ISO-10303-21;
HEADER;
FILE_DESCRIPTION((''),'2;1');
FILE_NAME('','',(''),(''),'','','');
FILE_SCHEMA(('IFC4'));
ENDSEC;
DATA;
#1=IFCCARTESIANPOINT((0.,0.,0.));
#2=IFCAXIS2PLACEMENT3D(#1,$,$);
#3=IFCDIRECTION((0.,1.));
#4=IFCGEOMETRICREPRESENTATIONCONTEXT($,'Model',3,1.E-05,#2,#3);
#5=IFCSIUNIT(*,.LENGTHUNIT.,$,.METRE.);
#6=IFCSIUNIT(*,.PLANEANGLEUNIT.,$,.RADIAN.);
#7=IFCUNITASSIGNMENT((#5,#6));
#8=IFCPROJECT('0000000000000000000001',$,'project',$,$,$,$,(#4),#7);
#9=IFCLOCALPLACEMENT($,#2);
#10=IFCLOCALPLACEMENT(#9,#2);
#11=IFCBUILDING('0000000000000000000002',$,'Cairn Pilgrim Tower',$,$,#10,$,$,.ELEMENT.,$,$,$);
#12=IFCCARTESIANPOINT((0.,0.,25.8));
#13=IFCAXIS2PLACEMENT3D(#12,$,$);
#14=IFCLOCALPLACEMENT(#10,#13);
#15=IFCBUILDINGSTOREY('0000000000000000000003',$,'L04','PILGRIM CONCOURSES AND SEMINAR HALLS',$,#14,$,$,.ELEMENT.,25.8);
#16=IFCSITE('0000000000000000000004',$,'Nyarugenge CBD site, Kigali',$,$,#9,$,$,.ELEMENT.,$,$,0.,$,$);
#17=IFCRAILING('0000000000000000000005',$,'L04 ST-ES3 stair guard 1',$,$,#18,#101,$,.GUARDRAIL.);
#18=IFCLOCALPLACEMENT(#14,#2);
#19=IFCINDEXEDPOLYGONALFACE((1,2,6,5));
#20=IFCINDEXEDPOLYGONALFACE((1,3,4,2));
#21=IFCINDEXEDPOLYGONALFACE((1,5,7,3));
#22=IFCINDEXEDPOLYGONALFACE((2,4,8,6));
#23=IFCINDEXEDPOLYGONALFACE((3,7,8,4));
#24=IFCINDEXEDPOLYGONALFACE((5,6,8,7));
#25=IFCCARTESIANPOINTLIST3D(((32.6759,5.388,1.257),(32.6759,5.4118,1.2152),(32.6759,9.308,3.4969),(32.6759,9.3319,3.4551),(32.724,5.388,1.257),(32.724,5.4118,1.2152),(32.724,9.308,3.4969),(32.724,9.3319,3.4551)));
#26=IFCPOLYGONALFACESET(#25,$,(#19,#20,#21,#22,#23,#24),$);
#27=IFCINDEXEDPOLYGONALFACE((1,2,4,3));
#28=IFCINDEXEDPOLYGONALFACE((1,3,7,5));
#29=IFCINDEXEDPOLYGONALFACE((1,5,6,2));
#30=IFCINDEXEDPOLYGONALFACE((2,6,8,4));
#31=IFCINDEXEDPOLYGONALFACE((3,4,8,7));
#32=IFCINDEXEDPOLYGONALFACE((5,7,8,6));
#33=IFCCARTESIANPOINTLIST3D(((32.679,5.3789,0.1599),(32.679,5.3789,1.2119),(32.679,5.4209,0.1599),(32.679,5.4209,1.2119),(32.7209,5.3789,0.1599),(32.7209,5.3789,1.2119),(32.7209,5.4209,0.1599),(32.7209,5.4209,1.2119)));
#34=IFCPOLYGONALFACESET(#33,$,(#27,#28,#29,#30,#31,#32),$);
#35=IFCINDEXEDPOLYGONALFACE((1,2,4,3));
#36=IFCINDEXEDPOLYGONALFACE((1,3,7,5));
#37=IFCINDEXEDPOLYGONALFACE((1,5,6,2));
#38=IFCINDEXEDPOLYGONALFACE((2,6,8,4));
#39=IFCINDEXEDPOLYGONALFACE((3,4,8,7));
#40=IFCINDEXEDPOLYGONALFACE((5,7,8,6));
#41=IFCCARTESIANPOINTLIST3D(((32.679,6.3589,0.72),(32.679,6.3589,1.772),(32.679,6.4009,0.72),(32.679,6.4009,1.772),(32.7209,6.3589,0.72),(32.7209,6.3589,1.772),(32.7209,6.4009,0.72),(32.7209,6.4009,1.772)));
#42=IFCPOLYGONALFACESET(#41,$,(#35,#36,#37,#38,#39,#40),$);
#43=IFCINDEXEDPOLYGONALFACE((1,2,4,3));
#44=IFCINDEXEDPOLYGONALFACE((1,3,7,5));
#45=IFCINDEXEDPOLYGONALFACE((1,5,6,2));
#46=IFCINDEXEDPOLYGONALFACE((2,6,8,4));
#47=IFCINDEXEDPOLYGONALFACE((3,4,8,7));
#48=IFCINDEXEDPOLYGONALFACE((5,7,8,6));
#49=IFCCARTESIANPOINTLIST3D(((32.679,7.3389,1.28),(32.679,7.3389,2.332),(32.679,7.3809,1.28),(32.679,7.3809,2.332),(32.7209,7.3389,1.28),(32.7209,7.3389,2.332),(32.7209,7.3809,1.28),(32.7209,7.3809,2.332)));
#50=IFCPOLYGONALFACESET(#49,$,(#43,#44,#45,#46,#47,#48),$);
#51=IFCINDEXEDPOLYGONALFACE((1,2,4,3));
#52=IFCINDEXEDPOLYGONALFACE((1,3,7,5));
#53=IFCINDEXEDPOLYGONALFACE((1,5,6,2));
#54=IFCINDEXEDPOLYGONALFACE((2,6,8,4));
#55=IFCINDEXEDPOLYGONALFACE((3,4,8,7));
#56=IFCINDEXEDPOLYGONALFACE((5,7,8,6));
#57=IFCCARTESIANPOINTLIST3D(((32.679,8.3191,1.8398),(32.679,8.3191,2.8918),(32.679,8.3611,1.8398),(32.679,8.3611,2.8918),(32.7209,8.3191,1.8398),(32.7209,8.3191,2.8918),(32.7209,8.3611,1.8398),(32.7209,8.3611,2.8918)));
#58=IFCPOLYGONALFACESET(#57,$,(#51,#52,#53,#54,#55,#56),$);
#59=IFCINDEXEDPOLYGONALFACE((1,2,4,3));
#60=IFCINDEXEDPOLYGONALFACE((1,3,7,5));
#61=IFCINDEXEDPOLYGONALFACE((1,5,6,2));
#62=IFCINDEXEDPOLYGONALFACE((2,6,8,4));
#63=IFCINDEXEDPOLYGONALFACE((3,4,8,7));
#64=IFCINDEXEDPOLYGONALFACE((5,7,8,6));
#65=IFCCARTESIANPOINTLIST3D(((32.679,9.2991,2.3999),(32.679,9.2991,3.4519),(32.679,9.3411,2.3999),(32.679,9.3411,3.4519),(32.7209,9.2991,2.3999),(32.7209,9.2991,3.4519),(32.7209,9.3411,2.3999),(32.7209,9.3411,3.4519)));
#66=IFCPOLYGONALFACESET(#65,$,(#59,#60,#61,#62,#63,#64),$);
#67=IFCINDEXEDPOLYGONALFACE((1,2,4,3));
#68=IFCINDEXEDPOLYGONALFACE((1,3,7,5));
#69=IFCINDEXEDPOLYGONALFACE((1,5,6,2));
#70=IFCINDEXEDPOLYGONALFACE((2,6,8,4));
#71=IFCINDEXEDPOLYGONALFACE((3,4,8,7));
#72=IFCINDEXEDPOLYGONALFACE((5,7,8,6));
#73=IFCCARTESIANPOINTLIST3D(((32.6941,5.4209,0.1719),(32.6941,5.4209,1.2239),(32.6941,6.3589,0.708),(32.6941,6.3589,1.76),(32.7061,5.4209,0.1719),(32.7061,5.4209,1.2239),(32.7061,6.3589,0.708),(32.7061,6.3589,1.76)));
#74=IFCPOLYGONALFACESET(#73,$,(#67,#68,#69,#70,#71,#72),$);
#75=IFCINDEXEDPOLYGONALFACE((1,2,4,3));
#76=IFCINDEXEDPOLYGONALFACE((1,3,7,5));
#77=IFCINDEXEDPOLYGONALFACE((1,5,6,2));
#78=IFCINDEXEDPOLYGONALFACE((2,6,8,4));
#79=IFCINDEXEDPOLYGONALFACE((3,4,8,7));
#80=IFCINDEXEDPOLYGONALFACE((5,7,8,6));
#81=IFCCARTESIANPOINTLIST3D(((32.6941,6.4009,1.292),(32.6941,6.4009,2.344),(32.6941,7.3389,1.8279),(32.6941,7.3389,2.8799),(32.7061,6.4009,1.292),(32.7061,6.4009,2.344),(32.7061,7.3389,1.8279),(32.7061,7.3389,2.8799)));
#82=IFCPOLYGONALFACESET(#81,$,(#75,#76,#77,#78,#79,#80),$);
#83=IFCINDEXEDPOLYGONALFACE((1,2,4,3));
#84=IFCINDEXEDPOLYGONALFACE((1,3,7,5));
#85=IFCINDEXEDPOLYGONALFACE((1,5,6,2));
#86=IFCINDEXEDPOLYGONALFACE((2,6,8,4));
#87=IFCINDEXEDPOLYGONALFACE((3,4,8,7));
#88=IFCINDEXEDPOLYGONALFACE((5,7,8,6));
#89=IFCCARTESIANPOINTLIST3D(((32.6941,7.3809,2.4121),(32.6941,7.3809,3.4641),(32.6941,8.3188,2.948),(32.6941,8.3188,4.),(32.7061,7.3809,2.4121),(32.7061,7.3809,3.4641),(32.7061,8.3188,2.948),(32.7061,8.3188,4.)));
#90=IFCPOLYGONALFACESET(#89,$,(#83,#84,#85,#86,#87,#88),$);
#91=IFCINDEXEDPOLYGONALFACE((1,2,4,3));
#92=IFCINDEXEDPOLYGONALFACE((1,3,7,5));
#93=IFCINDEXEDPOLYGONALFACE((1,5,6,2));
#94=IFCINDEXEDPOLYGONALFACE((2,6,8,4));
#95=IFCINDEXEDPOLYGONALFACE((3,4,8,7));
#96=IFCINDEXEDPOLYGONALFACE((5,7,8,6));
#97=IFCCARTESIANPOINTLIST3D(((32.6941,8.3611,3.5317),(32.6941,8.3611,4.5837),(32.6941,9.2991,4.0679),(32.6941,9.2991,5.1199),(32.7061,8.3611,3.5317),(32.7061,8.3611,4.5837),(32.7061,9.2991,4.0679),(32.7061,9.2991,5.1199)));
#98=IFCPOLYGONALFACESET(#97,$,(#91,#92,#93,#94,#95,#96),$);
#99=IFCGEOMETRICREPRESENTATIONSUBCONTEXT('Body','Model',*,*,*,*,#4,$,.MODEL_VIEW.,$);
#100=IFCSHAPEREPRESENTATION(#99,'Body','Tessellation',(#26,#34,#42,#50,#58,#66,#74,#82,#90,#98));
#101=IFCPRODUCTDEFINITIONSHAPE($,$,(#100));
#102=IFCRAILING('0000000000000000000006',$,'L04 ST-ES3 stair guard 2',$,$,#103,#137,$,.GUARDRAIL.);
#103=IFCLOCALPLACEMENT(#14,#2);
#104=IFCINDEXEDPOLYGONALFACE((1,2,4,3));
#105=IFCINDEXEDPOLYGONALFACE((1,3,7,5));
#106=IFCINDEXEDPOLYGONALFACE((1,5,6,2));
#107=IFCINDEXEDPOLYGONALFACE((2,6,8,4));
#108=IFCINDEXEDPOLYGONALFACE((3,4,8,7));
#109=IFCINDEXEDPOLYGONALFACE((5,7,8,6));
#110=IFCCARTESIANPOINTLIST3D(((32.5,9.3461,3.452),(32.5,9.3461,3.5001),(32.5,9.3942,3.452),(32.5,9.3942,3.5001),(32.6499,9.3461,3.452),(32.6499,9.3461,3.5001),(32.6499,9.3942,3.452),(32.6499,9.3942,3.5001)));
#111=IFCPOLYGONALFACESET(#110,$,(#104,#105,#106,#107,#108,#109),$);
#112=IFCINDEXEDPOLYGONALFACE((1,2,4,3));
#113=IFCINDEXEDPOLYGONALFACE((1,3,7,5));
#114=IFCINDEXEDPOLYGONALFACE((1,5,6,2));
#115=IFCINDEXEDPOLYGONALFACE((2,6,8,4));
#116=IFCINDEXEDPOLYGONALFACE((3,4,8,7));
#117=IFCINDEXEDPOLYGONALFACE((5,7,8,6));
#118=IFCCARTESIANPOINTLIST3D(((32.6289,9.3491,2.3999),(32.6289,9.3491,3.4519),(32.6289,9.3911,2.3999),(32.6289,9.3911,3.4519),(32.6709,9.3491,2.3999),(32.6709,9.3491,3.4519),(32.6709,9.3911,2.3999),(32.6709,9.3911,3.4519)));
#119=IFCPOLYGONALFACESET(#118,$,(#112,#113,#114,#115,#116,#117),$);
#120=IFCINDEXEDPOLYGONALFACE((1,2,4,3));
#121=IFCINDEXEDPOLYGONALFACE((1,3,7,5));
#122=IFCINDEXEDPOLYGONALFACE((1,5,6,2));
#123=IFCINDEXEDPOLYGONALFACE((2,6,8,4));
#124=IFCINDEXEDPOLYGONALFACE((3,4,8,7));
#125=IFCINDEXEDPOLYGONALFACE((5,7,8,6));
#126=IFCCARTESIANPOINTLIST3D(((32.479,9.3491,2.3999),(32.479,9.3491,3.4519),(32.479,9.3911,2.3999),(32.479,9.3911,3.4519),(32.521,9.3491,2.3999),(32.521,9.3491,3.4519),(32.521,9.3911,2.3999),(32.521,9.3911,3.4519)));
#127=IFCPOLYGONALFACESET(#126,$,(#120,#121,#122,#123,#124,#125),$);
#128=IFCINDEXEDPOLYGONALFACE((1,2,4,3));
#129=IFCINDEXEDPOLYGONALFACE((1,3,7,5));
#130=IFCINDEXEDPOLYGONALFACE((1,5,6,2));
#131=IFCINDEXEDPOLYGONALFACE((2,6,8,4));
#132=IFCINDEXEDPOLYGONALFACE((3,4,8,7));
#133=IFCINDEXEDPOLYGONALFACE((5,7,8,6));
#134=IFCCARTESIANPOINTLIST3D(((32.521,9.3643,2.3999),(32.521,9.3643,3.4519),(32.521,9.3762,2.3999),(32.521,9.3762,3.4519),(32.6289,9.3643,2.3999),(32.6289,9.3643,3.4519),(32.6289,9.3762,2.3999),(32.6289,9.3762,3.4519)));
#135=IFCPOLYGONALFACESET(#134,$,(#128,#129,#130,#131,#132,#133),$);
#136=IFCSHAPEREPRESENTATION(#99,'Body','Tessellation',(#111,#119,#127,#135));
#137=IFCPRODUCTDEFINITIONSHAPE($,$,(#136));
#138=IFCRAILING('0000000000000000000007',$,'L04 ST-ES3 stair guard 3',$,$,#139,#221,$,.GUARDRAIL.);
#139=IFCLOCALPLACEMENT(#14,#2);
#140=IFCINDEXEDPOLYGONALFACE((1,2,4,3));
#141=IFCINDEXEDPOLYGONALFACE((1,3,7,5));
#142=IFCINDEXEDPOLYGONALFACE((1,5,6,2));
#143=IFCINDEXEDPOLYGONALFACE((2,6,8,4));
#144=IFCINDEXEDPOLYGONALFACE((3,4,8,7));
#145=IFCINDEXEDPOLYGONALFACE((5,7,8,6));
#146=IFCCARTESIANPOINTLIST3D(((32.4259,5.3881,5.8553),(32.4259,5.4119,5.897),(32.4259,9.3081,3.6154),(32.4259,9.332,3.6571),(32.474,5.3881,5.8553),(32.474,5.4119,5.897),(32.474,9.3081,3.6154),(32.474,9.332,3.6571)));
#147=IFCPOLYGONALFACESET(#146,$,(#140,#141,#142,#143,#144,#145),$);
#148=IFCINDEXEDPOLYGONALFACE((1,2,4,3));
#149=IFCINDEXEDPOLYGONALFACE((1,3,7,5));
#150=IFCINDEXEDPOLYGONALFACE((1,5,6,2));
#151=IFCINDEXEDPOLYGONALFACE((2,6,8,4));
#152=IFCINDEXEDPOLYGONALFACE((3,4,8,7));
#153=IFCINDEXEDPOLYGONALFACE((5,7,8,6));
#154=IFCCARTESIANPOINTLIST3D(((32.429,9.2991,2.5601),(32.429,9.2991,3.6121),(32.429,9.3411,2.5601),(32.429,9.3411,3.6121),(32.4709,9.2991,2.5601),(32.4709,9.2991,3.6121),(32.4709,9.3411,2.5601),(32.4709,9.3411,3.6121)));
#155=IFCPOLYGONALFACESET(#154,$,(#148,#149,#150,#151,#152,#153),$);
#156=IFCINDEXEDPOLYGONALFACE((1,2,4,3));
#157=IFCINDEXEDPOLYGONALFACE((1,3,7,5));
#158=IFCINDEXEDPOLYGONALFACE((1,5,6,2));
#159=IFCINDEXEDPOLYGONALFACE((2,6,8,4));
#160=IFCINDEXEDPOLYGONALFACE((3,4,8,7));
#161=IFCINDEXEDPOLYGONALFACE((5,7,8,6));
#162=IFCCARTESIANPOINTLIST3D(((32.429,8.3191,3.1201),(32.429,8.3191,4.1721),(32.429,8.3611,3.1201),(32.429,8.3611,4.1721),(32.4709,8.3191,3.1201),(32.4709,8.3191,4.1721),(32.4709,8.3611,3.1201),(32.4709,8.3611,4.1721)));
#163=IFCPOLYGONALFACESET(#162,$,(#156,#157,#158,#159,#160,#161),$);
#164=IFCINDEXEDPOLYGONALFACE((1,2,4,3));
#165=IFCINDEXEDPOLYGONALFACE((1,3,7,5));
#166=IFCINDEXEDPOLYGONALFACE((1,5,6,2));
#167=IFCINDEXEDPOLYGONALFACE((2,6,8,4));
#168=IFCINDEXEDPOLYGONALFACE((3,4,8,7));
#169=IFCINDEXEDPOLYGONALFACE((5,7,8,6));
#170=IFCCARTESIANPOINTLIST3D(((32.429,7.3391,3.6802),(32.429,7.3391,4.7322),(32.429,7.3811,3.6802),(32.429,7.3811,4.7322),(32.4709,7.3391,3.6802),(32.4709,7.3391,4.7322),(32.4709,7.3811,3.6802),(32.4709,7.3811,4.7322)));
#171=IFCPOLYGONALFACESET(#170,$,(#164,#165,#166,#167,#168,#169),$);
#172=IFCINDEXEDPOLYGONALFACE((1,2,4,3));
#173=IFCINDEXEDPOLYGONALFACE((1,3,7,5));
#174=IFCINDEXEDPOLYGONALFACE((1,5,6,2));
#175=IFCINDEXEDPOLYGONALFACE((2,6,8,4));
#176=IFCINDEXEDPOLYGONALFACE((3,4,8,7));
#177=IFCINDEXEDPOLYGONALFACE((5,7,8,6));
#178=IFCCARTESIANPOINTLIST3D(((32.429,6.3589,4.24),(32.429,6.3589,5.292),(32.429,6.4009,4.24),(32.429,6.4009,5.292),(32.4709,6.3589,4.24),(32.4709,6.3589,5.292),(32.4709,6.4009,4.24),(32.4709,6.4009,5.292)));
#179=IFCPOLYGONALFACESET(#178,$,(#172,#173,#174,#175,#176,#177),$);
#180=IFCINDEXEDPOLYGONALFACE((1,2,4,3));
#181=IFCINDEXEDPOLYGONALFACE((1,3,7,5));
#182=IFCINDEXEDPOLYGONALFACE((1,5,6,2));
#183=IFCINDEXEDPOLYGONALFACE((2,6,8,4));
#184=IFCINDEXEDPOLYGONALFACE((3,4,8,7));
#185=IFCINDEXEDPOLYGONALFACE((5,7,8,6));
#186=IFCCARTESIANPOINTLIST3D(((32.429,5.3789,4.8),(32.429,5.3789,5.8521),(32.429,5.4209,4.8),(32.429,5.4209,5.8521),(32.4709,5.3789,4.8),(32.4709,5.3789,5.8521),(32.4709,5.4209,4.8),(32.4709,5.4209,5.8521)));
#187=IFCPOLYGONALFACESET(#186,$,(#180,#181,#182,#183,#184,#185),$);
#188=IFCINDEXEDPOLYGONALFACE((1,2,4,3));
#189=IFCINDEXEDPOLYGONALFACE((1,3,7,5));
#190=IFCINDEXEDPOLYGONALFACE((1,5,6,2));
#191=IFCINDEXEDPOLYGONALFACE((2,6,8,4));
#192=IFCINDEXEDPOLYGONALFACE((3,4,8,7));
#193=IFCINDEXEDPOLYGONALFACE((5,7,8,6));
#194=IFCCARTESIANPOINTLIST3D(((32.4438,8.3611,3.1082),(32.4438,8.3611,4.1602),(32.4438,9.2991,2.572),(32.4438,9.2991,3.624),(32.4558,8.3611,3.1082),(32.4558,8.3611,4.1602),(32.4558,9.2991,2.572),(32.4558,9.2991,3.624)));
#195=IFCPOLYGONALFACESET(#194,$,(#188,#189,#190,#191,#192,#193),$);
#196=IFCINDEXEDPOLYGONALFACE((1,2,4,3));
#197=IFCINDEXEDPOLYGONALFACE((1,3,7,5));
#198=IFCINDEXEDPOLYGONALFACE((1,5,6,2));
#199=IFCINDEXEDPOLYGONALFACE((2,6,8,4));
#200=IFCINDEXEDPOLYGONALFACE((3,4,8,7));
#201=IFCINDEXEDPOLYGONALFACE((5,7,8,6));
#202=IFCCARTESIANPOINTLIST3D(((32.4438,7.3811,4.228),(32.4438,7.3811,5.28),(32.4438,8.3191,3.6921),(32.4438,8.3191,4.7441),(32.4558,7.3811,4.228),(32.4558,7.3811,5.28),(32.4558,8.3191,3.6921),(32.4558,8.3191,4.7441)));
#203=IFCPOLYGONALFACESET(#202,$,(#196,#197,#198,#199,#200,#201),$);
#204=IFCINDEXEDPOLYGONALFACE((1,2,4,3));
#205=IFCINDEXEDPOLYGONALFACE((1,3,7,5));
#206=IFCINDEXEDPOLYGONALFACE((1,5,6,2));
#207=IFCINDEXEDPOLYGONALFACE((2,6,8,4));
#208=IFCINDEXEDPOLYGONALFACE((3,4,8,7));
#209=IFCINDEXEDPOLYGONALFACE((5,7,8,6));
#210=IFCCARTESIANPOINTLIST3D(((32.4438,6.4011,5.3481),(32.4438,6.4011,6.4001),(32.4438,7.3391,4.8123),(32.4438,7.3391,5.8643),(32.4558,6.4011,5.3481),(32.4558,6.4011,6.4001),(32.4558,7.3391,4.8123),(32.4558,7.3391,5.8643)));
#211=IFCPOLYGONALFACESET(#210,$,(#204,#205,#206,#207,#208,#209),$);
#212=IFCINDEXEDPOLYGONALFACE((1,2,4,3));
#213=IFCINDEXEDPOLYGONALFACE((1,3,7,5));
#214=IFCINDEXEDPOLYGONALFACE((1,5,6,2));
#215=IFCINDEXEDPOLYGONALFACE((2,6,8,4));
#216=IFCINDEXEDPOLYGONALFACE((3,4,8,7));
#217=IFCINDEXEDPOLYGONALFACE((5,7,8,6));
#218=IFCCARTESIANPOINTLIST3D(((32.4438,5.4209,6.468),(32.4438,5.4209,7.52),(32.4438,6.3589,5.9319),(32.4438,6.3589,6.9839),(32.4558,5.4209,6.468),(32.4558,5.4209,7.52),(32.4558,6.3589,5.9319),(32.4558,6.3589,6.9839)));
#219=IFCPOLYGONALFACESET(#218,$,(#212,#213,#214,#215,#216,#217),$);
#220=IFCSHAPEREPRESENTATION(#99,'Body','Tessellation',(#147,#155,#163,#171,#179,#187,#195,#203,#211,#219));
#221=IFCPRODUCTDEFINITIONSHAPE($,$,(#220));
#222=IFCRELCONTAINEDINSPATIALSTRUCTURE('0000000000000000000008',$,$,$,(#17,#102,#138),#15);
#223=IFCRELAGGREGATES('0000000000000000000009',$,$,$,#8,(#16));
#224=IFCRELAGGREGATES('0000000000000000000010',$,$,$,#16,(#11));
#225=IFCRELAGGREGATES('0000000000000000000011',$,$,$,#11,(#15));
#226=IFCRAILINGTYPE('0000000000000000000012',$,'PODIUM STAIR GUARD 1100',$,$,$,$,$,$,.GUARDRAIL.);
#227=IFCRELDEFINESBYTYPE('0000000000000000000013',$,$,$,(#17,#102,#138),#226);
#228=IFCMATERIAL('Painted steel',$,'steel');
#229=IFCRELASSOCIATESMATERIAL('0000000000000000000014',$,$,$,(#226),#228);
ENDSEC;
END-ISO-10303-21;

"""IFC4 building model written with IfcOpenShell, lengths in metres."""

from ifc_helpers import new_model, si_unit, direction, frame, origin, origin_2d, place, context, subcontext, project, spatial, polyline, rectangle, outline, extrude, material, type_object, element, save


model = new_model("IFC4")

# Units and contexts
model_context = context("Model", 3, precision=1e-05, world=origin(), true_north=direction((0.0, 1.0)))
body_context = subcontext(model_context, "Body", "Model", "MODEL_VIEW")
ifc_project = project(units=[si_unit("LENGTHUNIT", "METRE"), si_unit("PLANEANGLEUNIT", "RADIAN")], contexts=[model_context])

# Site, building, storey
site_placement = place(None, origin())
site = spatial("IfcSite", under=ifc_project, at=site_placement, Name="Nyarugenge CBD site, Kigali", CompositionType="ELEMENT", RefElevation=0.0)
building_placement = place(site_placement, origin())
building = spatial("IfcBuilding", under=site, at=building_placement, Name="Cairn Pilgrim Tower", CompositionType="ELEMENT")
storey_placement = place(building_placement, frame((0.0, 0.0, 25.8)))
storey = spatial("IfcBuildingStorey", under=building, at=storey_placement, Name="L04", Description="PILGRIM CONCOURSES AND SEMINAR HALLS", CompositionType="ELEMENT", Elevation=25.8)

# Railings
ifc_material_1 = material(Name="Painted steel", Category="steel")
railing_type_1 = type_object("IfcRailingType", Name="PODIUM STAIR GUARD 1100", PredefinedType="GUARDRAIL", material=ifc_material_1)
railing_1_placement = place(storey_placement, frame((32.7, 5.3999, 0.1599)))
element("IfcRailing", 1, at=railing_1_placement, inside=storey, type_object=railing_type_1, Name="L04 ST-ES3 stair guard 1", PredefinedType="GUARDRAIL", context=body_context, shape_type="SweptSolid", body=[
    extrude(rectangle(XDim=0.0481, YDim=0.0481, at=origin_2d()), frame((0.0, 0.0, 1.0762), z_axis=(0.0, 0.868253, 0.496121), x_axis=(-1.0, 0.0, 0.0)), (0.0, 0.0, 1.0), 4.5149),
    extrude(rectangle(XDim=0.042, YDim=0.042, at=origin_2d()), origin(), (0.0, 0.0, 1.0), 1.052),
    extrude(rectangle(XDim=0.042, YDim=0.042, at=origin_2d()), frame((0.0, 0.98, 0.5601)), (0.0, 0.0, 1.0), 1.052),
    extrude(rectangle(XDim=0.042, YDim=0.042, at=origin_2d()), frame((0.0, 1.96, 1.1201)), (0.0, 0.0, 1.0), 1.052),
    extrude(rectangle(XDim=0.042, YDim=0.042, at=origin_2d()), frame((0.0, 2.9402, 1.6799)), (0.0, 0.0, 1.0), 1.052),
    extrude(rectangle(XDim=0.042, YDim=0.042, at=origin_2d()), frame((0.0, 3.9202, 2.24)), (0.0, 0.0, 1.0), 1.052),
    extrude(outline(polyline([(0.021, 0.012), (0.959, 0.5481), (0.959, 1.6001), (0.021, 1.064), (0.021, 0.012)])), frame((-0.0059, 0.0, 0.0), z_axis=(1.0, 0.0, 0.0), x_axis=(0.0, 1.0, 0.0)), (0.0, 0.0, 1.0), 0.012),
    extrude(outline(polyline([(0.021, 0.572), (0.959, 1.1079), (0.959, 2.1599), (0.021, 1.624), (0.021, 0.572)])), frame((-0.0059, 0.98, 0.5601), z_axis=(1.0, 0.0, 0.0), x_axis=(0.0, 1.0, 0.0)), (0.0, 0.0, 1.0), 0.012),
    extrude(outline(polyline([(0.021, 1.1321), (0.959, 1.668), (0.959, 2.72), (0.021, 2.1841), (0.021, 1.1321)])), frame((-0.0059, 1.96, 1.1201), z_axis=(1.0, 0.0, 0.0), x_axis=(0.0, 1.0, 0.0)), (0.0, 0.0, 1.0), 0.012),
    extrude(outline(polyline([(0.021, 1.6919), (0.959, 2.228), (0.959, 3.28), (0.021, 2.7439), (0.021, 1.6919)])), frame((-0.0059, 2.9402, 1.6799), z_axis=(1.0, 0.0, 0.0), x_axis=(0.0, 1.0, 0.0)), (0.0, 0.0, 1.0), 0.012),
])
railing_2_placement = place(storey_placement, frame((32.6499, 9.3701, 2.3999)))
element("IfcRailing", 2, at=railing_2_placement, inside=storey, type_object=railing_type_1, Name="L04 ST-ES3 stair guard 2", PredefinedType="GUARDRAIL", context=body_context, shape_type="SweptSolid", body=[
    extrude(rectangle(XDim=0.0481, YDim=0.0481, at=origin_2d()), frame((0.0, 0.0, 1.0762), z_axis=(-1.0, 0.0, 0.0), x_axis=(0.0, -1.0, 0.0)), (0.0, 0.0, 1.0), 0.1499),
    extrude(rectangle(XDim=0.042, YDim=0.042, at=origin_2d()), origin(), (0.0, 0.0, 1.0), 1.052),
    extrude(rectangle(XDim=0.042, YDim=0.042, at=origin_2d()), frame((-0.1499, 0.0, 0.0)), (0.0, 0.0, 1.0), 1.052),
    extrude(outline(polyline([(0.021, 0.0), (0.1289, 0.0), (0.1289, 1.052), (0.021, 1.052), (0.021, 0.0)])), frame((0.0, -0.0059, 0.0), z_axis=(0.0, 1.0, 0.0), x_axis=(-1.0, 0.0, 0.0)), (0.0, 0.0, 1.0), 0.012),
])
railing_3_placement = place(storey_placement, frame((32.45, 9.3201, 2.5601)))
element("IfcRailing", 3, at=railing_3_placement, inside=storey, type_object=railing_type_1, Name="L04 ST-ES3 stair guard 3", PredefinedType="GUARDRAIL", context=body_context, shape_type="SweptSolid", body=[
    extrude(rectangle(XDim=0.0481, YDim=0.0481, at=origin_2d()), frame((0.0, 0.0, 1.0762), z_axis=(0.0, -0.868253, 0.496121), x_axis=(1.0, 0.0, 0.0)), (0.0, 0.0, 1.0), 4.5149),
    extrude(rectangle(XDim=0.042, YDim=0.042, at=origin_2d()), origin(), (0.0, 0.0, 1.0), 1.052),
    extrude(rectangle(XDim=0.042, YDim=0.042, at=origin_2d()), frame((0.0, -0.98, 0.5601)), (0.0, 0.0, 1.0), 1.052),
    extrude(rectangle(XDim=0.042, YDim=0.042, at=origin_2d()), frame((0.0, -1.96, 1.1201)), (0.0, 0.0, 1.0), 1.052),
    extrude(rectangle(XDim=0.042, YDim=0.042, at=origin_2d()), frame((0.0, -2.9402, 1.6799)), (0.0, 0.0, 1.0), 1.052),
    extrude(rectangle(XDim=0.042, YDim=0.042, at=origin_2d()), frame((0.0, -3.9202, 2.24)), (0.0, 0.0, 1.0), 1.052),
    extrude(outline(polyline([(0.021, 0.012), (0.959, 0.5481), (0.959, 1.6001), (0.021, 1.064), (0.021, 0.012)])), frame((0.0059, 0.0, 0.0), z_axis=(-1.0, 0.0, 0.0), x_axis=(0.0, -1.0, 0.0)), (0.0, 0.0, 1.0), 0.012),
    extrude(outline(polyline([(0.021, 0.572), (0.959, 1.1079), (0.959, 2.1599), (0.021, 1.624), (0.021, 0.572)])), frame((0.0059, -0.98, 0.5601), z_axis=(-1.0, 0.0, 0.0), x_axis=(0.0, -1.0, 0.0)), (0.0, 0.0, 1.0), 0.012),
    extrude(outline(polyline([(0.021, 1.1321), (0.959, 1.668), (0.959, 2.72), (0.021, 2.1841), (0.021, 1.1321)])), frame((0.0059, -1.96, 1.1201), z_axis=(-1.0, 0.0, 0.0), x_axis=(0.0, -1.0, 0.0)), (0.0, 0.0, 1.0), 0.012),
    extrude(outline(polyline([(0.021, 1.6919), (0.959, 2.228), (0.959, 3.28), (0.021, 2.7439), (0.021, 1.6919)])), frame((0.0059, -2.9402, 1.6799), z_axis=(-1.0, 0.0, 0.0), x_axis=(0.0, -1.0, 0.0)), (0.0, 0.0, 1.0), 0.012),
])

save(model, "model.ifc")
